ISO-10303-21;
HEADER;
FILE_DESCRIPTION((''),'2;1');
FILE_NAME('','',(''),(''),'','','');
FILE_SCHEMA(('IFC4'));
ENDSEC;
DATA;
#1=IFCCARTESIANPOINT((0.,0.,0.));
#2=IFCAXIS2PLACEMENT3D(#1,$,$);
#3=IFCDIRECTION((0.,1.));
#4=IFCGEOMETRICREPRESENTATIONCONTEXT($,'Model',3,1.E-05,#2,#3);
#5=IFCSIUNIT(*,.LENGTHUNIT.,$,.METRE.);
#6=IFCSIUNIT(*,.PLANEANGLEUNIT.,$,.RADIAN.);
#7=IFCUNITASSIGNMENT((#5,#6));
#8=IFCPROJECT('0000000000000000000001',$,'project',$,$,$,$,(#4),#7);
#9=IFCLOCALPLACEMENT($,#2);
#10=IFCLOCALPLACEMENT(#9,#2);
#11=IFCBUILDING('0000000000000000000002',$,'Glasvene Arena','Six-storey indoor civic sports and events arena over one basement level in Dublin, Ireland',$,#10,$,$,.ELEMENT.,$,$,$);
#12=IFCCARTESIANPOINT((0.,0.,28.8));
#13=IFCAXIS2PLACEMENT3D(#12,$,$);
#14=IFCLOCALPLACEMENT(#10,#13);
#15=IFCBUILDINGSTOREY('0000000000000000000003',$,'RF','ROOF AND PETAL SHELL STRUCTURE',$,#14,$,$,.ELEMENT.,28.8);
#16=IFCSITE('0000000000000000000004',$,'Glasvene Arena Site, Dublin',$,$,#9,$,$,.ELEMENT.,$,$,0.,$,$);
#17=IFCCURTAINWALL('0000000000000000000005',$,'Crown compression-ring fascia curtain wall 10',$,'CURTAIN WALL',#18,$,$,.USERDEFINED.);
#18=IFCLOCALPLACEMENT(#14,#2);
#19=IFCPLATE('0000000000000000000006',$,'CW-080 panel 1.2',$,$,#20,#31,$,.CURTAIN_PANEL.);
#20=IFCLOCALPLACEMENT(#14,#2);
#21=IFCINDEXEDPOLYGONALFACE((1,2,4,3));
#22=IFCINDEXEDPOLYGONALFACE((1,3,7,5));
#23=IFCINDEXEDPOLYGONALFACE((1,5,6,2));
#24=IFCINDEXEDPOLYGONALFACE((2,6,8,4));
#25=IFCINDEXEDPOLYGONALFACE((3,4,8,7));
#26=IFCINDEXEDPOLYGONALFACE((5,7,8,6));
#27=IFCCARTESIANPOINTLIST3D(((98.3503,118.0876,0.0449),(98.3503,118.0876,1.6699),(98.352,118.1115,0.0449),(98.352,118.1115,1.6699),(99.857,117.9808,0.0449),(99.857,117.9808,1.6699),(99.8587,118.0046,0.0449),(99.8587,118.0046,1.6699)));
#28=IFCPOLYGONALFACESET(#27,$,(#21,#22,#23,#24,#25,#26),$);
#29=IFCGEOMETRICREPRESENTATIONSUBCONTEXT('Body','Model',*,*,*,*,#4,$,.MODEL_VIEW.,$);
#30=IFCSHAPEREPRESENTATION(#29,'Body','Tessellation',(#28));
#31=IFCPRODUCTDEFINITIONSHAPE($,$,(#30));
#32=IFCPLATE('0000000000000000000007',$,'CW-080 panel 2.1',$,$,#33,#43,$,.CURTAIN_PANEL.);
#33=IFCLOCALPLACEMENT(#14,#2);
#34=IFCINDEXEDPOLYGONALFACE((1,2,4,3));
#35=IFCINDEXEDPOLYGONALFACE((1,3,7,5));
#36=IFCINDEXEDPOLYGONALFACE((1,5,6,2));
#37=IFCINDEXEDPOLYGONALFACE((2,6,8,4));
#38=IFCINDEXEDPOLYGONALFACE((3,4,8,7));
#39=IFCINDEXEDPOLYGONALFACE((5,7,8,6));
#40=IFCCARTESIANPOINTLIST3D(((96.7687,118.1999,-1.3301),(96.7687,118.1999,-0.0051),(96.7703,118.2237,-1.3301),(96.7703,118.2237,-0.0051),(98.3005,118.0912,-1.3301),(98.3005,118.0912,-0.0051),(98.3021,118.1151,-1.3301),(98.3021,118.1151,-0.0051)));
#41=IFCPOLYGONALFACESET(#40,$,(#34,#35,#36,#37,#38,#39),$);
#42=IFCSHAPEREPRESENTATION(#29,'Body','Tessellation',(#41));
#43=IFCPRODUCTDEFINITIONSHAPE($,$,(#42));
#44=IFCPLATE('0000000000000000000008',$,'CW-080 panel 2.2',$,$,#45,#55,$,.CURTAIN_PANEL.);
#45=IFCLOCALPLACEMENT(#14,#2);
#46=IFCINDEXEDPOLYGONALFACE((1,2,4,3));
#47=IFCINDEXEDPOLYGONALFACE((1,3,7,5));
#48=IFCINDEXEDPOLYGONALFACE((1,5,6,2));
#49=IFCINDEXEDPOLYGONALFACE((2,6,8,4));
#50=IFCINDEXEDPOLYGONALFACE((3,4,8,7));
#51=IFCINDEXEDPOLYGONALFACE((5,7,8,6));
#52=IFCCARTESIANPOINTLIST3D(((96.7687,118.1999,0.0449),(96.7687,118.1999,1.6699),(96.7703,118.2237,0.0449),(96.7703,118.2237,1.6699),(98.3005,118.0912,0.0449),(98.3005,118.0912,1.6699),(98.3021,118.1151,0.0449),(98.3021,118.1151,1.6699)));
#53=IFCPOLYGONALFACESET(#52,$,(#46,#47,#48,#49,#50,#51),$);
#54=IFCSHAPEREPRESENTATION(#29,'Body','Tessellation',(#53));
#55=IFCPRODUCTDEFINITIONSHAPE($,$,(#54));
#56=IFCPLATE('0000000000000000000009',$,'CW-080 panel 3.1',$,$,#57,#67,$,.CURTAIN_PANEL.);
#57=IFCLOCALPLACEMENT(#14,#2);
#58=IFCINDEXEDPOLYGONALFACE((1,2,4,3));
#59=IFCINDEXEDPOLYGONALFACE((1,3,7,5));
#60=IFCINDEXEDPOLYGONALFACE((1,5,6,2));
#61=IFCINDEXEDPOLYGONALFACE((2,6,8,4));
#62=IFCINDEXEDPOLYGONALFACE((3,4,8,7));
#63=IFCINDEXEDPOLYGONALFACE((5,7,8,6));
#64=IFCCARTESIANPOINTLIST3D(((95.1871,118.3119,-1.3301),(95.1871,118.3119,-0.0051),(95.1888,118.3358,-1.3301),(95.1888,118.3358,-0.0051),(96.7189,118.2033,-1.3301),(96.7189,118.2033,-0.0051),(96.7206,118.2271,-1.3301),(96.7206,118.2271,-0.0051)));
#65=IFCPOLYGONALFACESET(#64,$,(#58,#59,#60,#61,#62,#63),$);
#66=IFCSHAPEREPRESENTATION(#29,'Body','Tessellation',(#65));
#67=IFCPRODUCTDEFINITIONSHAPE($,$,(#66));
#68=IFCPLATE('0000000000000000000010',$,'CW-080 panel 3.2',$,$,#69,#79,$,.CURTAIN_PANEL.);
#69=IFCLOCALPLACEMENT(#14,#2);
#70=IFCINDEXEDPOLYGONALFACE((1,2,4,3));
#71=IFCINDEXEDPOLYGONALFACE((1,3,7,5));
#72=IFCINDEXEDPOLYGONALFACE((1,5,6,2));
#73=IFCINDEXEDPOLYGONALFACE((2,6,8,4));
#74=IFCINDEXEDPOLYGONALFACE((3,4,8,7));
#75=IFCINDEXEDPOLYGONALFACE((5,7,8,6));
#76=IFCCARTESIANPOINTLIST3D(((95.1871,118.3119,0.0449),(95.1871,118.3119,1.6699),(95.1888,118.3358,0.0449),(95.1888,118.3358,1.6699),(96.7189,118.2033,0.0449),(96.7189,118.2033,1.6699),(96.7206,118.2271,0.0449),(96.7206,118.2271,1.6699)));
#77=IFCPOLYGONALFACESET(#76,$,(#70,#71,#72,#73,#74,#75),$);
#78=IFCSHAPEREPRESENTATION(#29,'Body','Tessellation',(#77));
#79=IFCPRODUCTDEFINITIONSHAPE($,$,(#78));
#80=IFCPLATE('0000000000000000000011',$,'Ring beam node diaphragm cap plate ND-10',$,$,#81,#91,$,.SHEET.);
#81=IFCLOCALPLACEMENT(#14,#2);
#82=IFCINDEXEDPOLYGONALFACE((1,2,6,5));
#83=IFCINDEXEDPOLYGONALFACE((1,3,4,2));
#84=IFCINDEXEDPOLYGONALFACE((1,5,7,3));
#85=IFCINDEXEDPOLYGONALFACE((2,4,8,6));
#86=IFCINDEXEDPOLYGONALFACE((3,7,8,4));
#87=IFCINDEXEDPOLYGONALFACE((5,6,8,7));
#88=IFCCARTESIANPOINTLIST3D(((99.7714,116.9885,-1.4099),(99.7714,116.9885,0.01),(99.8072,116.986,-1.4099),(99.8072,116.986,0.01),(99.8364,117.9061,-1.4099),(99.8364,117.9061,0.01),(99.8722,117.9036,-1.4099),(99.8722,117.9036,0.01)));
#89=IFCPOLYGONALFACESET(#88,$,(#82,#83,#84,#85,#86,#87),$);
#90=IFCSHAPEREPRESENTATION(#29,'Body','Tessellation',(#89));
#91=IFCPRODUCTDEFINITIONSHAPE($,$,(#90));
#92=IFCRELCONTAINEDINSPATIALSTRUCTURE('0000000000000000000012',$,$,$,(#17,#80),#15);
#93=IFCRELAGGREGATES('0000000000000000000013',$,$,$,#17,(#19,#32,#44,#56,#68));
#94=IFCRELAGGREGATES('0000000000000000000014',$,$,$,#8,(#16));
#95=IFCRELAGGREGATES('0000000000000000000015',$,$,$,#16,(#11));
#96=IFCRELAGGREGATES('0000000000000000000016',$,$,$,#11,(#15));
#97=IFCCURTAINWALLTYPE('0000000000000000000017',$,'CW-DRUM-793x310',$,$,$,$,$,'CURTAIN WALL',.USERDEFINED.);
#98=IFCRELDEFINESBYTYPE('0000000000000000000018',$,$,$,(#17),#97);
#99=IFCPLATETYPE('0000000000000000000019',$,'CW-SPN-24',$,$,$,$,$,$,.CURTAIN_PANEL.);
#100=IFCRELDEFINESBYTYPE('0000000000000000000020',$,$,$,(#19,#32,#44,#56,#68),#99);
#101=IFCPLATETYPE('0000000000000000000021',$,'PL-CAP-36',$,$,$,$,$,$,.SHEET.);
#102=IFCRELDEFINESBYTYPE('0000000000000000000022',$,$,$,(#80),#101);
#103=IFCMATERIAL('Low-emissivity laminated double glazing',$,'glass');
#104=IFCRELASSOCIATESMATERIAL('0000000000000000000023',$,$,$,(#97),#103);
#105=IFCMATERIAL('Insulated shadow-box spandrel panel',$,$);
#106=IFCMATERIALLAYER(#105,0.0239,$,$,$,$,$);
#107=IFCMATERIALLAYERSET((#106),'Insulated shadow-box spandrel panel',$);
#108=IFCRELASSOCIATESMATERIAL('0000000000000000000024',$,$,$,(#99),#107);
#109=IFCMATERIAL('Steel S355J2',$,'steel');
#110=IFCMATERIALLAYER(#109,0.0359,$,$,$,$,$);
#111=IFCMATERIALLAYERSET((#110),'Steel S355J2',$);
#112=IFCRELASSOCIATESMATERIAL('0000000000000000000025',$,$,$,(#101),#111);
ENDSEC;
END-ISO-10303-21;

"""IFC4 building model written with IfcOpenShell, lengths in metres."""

from ifc_helpers import new_model, si_unit, direction, frame, origin, origin_2d, place, context, subcontext, project, spatial, rectangle, extrude, material, layer, layer_set, type_object, element, aggregate, save


model = new_model("IFC4")

# Units and contexts
model_context = context("Model", 3, precision=1e-05, world=origin(), true_north=direction((0.0, 1.0)))
body_context = subcontext(model_context, "Body", "Model", "MODEL_VIEW")
ifc_project = project(units=[si_unit("LENGTHUNIT", "METRE"), si_unit("PLANEANGLEUNIT", "RADIAN")], contexts=[model_context])

# Site, building, storey
site_placement = place(None, origin())
site = spatial("IfcSite", under=ifc_project, at=site_placement, Name="Glasvene Arena Site, Dublin", CompositionType="ELEMENT", RefElevation=0.0)
building_placement = place(site_placement, origin())
building = spatial("IfcBuilding", under=site, at=building_placement, Name="Glasvene Arena", Description="Six-storey indoor civic sports and events arena over one basement level in Dublin, Ireland", CompositionType="ELEMENT")
storey_placement = place(building_placement, frame((0.0, 0.0, 28.8)))
storey = spatial("IfcBuildingStorey", under=building, at=storey_placement, Name="RF", Description="ROOF AND PETAL SHELL STRUCTURE", CompositionType="ELEMENT", Elevation=28.8)

# Shared definitions
ifc_material_1 = material(Name="Steel S355J2", Category="steel")

# Curtain wall
ifc_material_2 = material(Name="Low-emissivity laminated double glazing", Category="glass")
curtain_wall_type_1 = type_object("IfcCurtainWallType", Name="CW-DRUM-793x310", ElementType="CURTAIN WALL", PredefinedType="USERDEFINED", material=ifc_material_2)
curtain_wall_1_placement = place(storey_placement, frame((99.9077, 117.9893, 0.0)))
curtain_wall_1 = element("IfcCurtainWall", 1, at=curtain_wall_1_placement, inside=storey, type_object=curtain_wall_type_1, Name="Crown compression-ring fascia curtain wall 10", ObjectType="CURTAIN WALL", PredefinedType="USERDEFINED")

# Plates
ifc_material_3 = material(Name="Insulated shadow-box spandrel panel")
ifc_layer_1 = layer(ifc_material_3, 0.0239)
ifc_layer_set_1 = layer_set([ifc_layer_1], Name="Insulated shadow-box spandrel panel")
plate_type_1 = type_object("IfcPlateType", Name="CW-SPN-24", PredefinedType="CURTAIN_PANEL", material=ifc_layer_set_1)
plate_1_placement = place(storey_placement, frame((99.1045, 118.0461, 0.0449), z_axis=(0.0, 0.0, 1.0), x_axis=(-0.997495, 0.07074, 0.0)))
plate_1 = element("IfcPlate", 2, at=plate_1_placement, type_object=plate_type_1, Name="CW-080 panel 1.2", PredefinedType="CURTAIN_PANEL", context=body_context, shape_type="SweptSolid", body=[
    extrude(rectangle(XDim=1.5105, YDim=0.0239, at=origin_2d()), origin(), (0.0, 0.0, 1.0), 1.625),
])
plate_2_placement = place(storey_placement, frame((97.5354, 118.1575, -1.3301), z_axis=(0.0, 0.0, 1.0), x_axis=(-0.997495, 0.07074, 0.0)))
plate_2 = element("IfcPlate", 3, at=plate_2_placement, type_object=plate_type_1, Name="CW-080 panel 2.1", PredefinedType="CURTAIN_PANEL", context=body_context, shape_type="SweptSolid", body=[
    extrude(rectangle(XDim=1.5356, YDim=0.0239, at=origin_2d()), origin(), (0.0, 0.0, 1.0), 1.325),
])
plate_3_placement = place(storey_placement, frame((97.5354, 118.1575, 0.0449), z_axis=(0.0, 0.0, 1.0), x_axis=(-0.997495, 0.07074, 0.0)))
plate_3 = element("IfcPlate", 4, at=plate_3_placement, type_object=plate_type_1, Name="CW-080 panel 2.2", PredefinedType="CURTAIN_PANEL", context=body_context, shape_type="SweptSolid", body=[
    extrude(rectangle(XDim=1.5356, YDim=0.0239, at=origin_2d()), origin(), (0.0, 0.0, 1.0), 1.625),
])
plate_4_placement = place(storey_placement, frame((95.9539, 118.2695, -1.3301), z_axis=(0.0, 0.0, 1.0), x_axis=(-0.997495, 0.07074, 0.0)))
plate_4 = element("IfcPlate", 5, at=plate_4_placement, type_object=plate_type_1, Name="CW-080 panel 3.1", PredefinedType="CURTAIN_PANEL", context=body_context, shape_type="SweptSolid", body=[
    extrude(rectangle(XDim=1.5356, YDim=0.0239, at=origin_2d()), origin(), (0.0, 0.0, 1.0), 1.325),
])
plate_5_placement = place(storey_placement, frame((95.9539, 118.2695, 0.0449), z_axis=(0.0, 0.0, 1.0), x_axis=(-0.997495, 0.07074, 0.0)))
plate_5 = element("IfcPlate", 6, at=plate_5_placement, type_object=plate_type_1, Name="CW-080 panel 3.2", PredefinedType="CURTAIN_PANEL", context=body_context, shape_type="SweptSolid", body=[
    extrude(rectangle(XDim=1.5356, YDim=0.0239, at=origin_2d()), origin(), (0.0, 0.0, 1.0), 1.625),
])
aggregate(curtain_wall_1, [plate_1, plate_2, plate_3, plate_4, plate_5])
ifc_layer_2 = layer(ifc_material_1, 0.0359)
ifc_layer_set_2 = layer_set([ifc_layer_2], Name="Steel S355J2")
plate_type_2 = type_object("IfcPlateType", Name="PL-CAP-36", PredefinedType="SHEET", material=ifc_layer_set_2)
plate_6_placement = place(storey_placement, frame((99.8218, 117.446, -1.4099), z_axis=(0.0, 0.0, 1.0), x_axis=(-0.997503, 0.070627, 0.0)))
element("IfcPlate", 7, at=plate_6_placement, inside=storey, type_object=plate_type_2, Name="Ring beam node diaphragm cap plate ND-10", PredefinedType="SHEET", context=body_context, shape_type="SweptSolid", body=[
    extrude(rectangle(XDim=0.0359, YDim=0.9199, at=origin_2d()), origin(), (0.0, 0.0, 1.0), 1.4199),
])

save(model, "model.ifc")
